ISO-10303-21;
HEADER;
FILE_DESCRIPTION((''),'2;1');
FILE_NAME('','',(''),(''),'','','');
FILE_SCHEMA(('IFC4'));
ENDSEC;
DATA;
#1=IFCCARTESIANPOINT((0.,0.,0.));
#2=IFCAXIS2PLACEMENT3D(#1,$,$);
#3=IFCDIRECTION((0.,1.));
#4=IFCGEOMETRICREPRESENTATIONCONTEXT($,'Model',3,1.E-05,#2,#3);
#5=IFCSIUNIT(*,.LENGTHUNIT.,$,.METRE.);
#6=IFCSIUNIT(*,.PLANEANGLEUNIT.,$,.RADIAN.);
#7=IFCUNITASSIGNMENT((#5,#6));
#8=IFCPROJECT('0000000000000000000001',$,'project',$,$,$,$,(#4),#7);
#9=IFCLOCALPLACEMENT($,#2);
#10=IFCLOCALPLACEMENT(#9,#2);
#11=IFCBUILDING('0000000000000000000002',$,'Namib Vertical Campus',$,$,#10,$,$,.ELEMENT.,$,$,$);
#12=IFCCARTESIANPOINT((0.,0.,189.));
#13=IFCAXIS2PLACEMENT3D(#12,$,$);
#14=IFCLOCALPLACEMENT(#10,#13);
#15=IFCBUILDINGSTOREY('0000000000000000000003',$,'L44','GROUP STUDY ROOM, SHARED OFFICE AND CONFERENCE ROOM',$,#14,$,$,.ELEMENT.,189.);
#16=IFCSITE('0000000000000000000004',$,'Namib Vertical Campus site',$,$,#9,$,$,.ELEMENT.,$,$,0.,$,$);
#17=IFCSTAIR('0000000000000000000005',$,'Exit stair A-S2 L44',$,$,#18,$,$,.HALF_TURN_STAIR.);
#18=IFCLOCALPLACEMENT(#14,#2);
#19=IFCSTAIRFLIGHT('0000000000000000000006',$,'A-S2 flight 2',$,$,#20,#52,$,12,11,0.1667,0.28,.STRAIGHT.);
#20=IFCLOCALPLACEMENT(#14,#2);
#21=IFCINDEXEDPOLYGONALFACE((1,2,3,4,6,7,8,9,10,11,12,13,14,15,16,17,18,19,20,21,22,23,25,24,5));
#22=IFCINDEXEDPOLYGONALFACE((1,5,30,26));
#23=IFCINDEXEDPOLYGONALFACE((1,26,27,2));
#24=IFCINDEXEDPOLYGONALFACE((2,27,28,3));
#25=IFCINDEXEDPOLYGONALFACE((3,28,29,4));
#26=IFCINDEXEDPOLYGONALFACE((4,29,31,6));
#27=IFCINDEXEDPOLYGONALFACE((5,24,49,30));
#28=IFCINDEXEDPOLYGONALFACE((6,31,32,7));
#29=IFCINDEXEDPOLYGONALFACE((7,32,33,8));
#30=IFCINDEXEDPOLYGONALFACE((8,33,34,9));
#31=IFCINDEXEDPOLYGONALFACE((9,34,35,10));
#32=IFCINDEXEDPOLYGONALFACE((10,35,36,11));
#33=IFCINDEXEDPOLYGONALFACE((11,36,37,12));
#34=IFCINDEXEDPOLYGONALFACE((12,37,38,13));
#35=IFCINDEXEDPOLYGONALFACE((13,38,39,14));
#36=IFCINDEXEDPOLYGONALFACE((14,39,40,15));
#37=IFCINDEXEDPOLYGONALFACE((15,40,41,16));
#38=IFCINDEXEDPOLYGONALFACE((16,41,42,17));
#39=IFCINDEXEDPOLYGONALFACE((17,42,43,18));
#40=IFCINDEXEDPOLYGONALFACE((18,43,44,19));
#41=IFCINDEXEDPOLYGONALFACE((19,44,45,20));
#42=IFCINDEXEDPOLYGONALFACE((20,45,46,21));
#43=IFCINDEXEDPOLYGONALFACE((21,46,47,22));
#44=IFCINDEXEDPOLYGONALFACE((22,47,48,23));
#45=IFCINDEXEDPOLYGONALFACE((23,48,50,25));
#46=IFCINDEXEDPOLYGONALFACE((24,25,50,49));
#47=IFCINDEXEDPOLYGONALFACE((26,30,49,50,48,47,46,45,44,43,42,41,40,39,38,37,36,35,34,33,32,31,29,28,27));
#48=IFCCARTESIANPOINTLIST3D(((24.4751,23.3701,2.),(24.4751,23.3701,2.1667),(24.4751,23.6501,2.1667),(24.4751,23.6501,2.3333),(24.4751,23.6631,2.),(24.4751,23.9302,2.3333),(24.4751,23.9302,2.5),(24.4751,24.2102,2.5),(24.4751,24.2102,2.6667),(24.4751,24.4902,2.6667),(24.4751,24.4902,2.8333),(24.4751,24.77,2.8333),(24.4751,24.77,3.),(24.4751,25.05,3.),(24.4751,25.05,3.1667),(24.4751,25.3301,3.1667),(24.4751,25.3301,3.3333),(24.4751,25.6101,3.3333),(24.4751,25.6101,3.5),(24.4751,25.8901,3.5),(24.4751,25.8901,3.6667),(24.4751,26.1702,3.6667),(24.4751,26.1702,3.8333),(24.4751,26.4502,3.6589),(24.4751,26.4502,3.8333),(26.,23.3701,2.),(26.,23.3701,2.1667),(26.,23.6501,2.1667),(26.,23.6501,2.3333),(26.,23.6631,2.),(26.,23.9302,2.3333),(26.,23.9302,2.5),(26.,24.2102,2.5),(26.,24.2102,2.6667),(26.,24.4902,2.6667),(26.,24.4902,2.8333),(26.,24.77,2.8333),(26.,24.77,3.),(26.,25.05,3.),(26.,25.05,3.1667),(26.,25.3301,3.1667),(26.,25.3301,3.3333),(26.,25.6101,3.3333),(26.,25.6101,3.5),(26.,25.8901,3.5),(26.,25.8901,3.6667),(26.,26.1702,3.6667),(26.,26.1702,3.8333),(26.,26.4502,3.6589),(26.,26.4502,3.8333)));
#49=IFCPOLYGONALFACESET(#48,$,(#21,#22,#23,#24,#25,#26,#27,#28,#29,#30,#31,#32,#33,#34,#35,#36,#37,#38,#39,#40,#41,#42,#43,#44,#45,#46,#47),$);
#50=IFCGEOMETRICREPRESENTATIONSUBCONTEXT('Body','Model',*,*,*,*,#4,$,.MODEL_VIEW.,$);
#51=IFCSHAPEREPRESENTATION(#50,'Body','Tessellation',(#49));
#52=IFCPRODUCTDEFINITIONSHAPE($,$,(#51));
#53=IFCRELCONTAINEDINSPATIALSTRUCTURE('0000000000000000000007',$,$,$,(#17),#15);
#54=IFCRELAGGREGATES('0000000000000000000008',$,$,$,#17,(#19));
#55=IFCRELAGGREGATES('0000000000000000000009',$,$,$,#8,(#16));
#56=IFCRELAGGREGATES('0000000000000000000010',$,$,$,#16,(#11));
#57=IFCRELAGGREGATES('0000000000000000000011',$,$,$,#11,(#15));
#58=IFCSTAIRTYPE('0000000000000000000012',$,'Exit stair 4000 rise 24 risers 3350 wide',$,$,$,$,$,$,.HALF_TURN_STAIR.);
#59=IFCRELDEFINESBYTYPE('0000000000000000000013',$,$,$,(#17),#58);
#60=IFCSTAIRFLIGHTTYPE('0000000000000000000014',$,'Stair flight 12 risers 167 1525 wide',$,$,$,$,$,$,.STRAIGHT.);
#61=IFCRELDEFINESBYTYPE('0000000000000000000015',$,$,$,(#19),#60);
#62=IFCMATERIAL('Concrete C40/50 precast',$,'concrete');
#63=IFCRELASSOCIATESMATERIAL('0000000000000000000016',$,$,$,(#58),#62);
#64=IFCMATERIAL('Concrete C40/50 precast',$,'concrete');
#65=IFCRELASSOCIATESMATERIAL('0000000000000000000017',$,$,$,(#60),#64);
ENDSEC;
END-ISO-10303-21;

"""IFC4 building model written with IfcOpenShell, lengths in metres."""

from ifc_helpers import new_model, si_unit, direction, frame, origin, place, context, subcontext, project, spatial, polyline, outline, extrude, material, type_object, element, aggregate, save


model = new_model("IFC4")

# Units and contexts
model_context = context("Model", 3, precision=1e-05, world=origin(), true_north=direction((0.0, 1.0)))
body_context = subcontext(model_context, "Body", "Model", "MODEL_VIEW")
ifc_project = project(units=[si_unit("LENGTHUNIT", "METRE"), si_unit("PLANEANGLEUNIT", "RADIAN")], contexts=[model_context])

# Site, building, storey
site_placement = place(None, origin())
site = spatial("IfcSite", under=ifc_project, at=site_placement, Name="Namib Vertical Campus site", CompositionType="ELEMENT", RefElevation=0.0)
building_placement = place(site_placement, origin())
building = spatial("IfcBuilding", under=site, at=building_placement, Name="Namib Vertical Campus", CompositionType="ELEMENT")
storey_placement = place(building_placement, frame((0.0, 0.0, 189.0)))
storey = spatial("IfcBuildingStorey", under=building, at=storey_placement, Name="L44", Description="GROUP STUDY ROOM, SHARED OFFICE AND CONFERENCE ROOM", CompositionType="ELEMENT", Elevation=189.0)

# Stair, stair flight
ifc_material_1 = material(Name="Concrete C40/50 precast", Category="concrete")
stair_type = type_object("IfcStairType", Name="Exit stair 4000 rise 24 risers 3350 wide", PredefinedType="HALF_TURN_STAIR", material=ifc_material_1)
stair_placement = place(storey_placement, origin())
stair = element("IfcStair", 1, at=stair_placement, inside=storey, type_object=stair_type, Name="Exit stair A-S2 L44", PredefinedType="HALF_TURN_STAIR")
ifc_material_2 = material(Name="Concrete C40/50 precast", Category="concrete")
stair_flight_type = type_object("IfcStairFlightType", Name="Stair flight 12 risers 167 1525 wide", PredefinedType="STRAIGHT", material=ifc_material_2)
stair_flight_1_placement = place(storey_placement, frame((25.2375, 23.3701, 2.0), z_axis=(0.0, 0.0, 1.0), x_axis=(0.0, 1.0, 0.0)))
stair_flight_1 = element("IfcStairFlight", 2, at=stair_flight_1_placement, type_object=stair_flight_type, Name="A-S2 flight 2", NumberOfRisers=12, NumberOfTreads=11, PredefinedType="STRAIGHT", RiserHeight=0.1667, TreadLength=0.28, context=body_context, shape_type="SweptSolid", body=[
    extrude(outline(polyline([(0.0, 0.0), (0.0, 0.1667), (0.28, 0.1667), (0.28, 0.3333), (0.5601, 0.3333), (0.5601, 0.5), (0.8401, 0.5), (0.8401, 0.6667), (1.1201, 0.6667), (1.1201, 0.8333), (1.3999, 0.8333), (1.3999, 1.0), (1.6799, 1.0), (1.6799, 1.1667), (1.96, 1.1667), (1.96, 1.3333), (2.24, 1.3333), (2.24, 1.5), (2.52, 1.5), (2.52, 1.6667), (2.8, 1.6667), (2.8, 1.8333), (3.0801, 1.8333), (3.0801, 2.0), (3.0801, 1.6589), (0.293, 0.0), (0.0, 0.0)])), frame((0.0, 0.7625, 0.0), z_axis=(0.0, -1.0, 0.0), x_axis=(1.0, 0.0, 0.0)), (0.0, 0.0, 1.0), 1.5249),
])
aggregate(stair, [stair_flight_1])

save(model, "model.ifc")
